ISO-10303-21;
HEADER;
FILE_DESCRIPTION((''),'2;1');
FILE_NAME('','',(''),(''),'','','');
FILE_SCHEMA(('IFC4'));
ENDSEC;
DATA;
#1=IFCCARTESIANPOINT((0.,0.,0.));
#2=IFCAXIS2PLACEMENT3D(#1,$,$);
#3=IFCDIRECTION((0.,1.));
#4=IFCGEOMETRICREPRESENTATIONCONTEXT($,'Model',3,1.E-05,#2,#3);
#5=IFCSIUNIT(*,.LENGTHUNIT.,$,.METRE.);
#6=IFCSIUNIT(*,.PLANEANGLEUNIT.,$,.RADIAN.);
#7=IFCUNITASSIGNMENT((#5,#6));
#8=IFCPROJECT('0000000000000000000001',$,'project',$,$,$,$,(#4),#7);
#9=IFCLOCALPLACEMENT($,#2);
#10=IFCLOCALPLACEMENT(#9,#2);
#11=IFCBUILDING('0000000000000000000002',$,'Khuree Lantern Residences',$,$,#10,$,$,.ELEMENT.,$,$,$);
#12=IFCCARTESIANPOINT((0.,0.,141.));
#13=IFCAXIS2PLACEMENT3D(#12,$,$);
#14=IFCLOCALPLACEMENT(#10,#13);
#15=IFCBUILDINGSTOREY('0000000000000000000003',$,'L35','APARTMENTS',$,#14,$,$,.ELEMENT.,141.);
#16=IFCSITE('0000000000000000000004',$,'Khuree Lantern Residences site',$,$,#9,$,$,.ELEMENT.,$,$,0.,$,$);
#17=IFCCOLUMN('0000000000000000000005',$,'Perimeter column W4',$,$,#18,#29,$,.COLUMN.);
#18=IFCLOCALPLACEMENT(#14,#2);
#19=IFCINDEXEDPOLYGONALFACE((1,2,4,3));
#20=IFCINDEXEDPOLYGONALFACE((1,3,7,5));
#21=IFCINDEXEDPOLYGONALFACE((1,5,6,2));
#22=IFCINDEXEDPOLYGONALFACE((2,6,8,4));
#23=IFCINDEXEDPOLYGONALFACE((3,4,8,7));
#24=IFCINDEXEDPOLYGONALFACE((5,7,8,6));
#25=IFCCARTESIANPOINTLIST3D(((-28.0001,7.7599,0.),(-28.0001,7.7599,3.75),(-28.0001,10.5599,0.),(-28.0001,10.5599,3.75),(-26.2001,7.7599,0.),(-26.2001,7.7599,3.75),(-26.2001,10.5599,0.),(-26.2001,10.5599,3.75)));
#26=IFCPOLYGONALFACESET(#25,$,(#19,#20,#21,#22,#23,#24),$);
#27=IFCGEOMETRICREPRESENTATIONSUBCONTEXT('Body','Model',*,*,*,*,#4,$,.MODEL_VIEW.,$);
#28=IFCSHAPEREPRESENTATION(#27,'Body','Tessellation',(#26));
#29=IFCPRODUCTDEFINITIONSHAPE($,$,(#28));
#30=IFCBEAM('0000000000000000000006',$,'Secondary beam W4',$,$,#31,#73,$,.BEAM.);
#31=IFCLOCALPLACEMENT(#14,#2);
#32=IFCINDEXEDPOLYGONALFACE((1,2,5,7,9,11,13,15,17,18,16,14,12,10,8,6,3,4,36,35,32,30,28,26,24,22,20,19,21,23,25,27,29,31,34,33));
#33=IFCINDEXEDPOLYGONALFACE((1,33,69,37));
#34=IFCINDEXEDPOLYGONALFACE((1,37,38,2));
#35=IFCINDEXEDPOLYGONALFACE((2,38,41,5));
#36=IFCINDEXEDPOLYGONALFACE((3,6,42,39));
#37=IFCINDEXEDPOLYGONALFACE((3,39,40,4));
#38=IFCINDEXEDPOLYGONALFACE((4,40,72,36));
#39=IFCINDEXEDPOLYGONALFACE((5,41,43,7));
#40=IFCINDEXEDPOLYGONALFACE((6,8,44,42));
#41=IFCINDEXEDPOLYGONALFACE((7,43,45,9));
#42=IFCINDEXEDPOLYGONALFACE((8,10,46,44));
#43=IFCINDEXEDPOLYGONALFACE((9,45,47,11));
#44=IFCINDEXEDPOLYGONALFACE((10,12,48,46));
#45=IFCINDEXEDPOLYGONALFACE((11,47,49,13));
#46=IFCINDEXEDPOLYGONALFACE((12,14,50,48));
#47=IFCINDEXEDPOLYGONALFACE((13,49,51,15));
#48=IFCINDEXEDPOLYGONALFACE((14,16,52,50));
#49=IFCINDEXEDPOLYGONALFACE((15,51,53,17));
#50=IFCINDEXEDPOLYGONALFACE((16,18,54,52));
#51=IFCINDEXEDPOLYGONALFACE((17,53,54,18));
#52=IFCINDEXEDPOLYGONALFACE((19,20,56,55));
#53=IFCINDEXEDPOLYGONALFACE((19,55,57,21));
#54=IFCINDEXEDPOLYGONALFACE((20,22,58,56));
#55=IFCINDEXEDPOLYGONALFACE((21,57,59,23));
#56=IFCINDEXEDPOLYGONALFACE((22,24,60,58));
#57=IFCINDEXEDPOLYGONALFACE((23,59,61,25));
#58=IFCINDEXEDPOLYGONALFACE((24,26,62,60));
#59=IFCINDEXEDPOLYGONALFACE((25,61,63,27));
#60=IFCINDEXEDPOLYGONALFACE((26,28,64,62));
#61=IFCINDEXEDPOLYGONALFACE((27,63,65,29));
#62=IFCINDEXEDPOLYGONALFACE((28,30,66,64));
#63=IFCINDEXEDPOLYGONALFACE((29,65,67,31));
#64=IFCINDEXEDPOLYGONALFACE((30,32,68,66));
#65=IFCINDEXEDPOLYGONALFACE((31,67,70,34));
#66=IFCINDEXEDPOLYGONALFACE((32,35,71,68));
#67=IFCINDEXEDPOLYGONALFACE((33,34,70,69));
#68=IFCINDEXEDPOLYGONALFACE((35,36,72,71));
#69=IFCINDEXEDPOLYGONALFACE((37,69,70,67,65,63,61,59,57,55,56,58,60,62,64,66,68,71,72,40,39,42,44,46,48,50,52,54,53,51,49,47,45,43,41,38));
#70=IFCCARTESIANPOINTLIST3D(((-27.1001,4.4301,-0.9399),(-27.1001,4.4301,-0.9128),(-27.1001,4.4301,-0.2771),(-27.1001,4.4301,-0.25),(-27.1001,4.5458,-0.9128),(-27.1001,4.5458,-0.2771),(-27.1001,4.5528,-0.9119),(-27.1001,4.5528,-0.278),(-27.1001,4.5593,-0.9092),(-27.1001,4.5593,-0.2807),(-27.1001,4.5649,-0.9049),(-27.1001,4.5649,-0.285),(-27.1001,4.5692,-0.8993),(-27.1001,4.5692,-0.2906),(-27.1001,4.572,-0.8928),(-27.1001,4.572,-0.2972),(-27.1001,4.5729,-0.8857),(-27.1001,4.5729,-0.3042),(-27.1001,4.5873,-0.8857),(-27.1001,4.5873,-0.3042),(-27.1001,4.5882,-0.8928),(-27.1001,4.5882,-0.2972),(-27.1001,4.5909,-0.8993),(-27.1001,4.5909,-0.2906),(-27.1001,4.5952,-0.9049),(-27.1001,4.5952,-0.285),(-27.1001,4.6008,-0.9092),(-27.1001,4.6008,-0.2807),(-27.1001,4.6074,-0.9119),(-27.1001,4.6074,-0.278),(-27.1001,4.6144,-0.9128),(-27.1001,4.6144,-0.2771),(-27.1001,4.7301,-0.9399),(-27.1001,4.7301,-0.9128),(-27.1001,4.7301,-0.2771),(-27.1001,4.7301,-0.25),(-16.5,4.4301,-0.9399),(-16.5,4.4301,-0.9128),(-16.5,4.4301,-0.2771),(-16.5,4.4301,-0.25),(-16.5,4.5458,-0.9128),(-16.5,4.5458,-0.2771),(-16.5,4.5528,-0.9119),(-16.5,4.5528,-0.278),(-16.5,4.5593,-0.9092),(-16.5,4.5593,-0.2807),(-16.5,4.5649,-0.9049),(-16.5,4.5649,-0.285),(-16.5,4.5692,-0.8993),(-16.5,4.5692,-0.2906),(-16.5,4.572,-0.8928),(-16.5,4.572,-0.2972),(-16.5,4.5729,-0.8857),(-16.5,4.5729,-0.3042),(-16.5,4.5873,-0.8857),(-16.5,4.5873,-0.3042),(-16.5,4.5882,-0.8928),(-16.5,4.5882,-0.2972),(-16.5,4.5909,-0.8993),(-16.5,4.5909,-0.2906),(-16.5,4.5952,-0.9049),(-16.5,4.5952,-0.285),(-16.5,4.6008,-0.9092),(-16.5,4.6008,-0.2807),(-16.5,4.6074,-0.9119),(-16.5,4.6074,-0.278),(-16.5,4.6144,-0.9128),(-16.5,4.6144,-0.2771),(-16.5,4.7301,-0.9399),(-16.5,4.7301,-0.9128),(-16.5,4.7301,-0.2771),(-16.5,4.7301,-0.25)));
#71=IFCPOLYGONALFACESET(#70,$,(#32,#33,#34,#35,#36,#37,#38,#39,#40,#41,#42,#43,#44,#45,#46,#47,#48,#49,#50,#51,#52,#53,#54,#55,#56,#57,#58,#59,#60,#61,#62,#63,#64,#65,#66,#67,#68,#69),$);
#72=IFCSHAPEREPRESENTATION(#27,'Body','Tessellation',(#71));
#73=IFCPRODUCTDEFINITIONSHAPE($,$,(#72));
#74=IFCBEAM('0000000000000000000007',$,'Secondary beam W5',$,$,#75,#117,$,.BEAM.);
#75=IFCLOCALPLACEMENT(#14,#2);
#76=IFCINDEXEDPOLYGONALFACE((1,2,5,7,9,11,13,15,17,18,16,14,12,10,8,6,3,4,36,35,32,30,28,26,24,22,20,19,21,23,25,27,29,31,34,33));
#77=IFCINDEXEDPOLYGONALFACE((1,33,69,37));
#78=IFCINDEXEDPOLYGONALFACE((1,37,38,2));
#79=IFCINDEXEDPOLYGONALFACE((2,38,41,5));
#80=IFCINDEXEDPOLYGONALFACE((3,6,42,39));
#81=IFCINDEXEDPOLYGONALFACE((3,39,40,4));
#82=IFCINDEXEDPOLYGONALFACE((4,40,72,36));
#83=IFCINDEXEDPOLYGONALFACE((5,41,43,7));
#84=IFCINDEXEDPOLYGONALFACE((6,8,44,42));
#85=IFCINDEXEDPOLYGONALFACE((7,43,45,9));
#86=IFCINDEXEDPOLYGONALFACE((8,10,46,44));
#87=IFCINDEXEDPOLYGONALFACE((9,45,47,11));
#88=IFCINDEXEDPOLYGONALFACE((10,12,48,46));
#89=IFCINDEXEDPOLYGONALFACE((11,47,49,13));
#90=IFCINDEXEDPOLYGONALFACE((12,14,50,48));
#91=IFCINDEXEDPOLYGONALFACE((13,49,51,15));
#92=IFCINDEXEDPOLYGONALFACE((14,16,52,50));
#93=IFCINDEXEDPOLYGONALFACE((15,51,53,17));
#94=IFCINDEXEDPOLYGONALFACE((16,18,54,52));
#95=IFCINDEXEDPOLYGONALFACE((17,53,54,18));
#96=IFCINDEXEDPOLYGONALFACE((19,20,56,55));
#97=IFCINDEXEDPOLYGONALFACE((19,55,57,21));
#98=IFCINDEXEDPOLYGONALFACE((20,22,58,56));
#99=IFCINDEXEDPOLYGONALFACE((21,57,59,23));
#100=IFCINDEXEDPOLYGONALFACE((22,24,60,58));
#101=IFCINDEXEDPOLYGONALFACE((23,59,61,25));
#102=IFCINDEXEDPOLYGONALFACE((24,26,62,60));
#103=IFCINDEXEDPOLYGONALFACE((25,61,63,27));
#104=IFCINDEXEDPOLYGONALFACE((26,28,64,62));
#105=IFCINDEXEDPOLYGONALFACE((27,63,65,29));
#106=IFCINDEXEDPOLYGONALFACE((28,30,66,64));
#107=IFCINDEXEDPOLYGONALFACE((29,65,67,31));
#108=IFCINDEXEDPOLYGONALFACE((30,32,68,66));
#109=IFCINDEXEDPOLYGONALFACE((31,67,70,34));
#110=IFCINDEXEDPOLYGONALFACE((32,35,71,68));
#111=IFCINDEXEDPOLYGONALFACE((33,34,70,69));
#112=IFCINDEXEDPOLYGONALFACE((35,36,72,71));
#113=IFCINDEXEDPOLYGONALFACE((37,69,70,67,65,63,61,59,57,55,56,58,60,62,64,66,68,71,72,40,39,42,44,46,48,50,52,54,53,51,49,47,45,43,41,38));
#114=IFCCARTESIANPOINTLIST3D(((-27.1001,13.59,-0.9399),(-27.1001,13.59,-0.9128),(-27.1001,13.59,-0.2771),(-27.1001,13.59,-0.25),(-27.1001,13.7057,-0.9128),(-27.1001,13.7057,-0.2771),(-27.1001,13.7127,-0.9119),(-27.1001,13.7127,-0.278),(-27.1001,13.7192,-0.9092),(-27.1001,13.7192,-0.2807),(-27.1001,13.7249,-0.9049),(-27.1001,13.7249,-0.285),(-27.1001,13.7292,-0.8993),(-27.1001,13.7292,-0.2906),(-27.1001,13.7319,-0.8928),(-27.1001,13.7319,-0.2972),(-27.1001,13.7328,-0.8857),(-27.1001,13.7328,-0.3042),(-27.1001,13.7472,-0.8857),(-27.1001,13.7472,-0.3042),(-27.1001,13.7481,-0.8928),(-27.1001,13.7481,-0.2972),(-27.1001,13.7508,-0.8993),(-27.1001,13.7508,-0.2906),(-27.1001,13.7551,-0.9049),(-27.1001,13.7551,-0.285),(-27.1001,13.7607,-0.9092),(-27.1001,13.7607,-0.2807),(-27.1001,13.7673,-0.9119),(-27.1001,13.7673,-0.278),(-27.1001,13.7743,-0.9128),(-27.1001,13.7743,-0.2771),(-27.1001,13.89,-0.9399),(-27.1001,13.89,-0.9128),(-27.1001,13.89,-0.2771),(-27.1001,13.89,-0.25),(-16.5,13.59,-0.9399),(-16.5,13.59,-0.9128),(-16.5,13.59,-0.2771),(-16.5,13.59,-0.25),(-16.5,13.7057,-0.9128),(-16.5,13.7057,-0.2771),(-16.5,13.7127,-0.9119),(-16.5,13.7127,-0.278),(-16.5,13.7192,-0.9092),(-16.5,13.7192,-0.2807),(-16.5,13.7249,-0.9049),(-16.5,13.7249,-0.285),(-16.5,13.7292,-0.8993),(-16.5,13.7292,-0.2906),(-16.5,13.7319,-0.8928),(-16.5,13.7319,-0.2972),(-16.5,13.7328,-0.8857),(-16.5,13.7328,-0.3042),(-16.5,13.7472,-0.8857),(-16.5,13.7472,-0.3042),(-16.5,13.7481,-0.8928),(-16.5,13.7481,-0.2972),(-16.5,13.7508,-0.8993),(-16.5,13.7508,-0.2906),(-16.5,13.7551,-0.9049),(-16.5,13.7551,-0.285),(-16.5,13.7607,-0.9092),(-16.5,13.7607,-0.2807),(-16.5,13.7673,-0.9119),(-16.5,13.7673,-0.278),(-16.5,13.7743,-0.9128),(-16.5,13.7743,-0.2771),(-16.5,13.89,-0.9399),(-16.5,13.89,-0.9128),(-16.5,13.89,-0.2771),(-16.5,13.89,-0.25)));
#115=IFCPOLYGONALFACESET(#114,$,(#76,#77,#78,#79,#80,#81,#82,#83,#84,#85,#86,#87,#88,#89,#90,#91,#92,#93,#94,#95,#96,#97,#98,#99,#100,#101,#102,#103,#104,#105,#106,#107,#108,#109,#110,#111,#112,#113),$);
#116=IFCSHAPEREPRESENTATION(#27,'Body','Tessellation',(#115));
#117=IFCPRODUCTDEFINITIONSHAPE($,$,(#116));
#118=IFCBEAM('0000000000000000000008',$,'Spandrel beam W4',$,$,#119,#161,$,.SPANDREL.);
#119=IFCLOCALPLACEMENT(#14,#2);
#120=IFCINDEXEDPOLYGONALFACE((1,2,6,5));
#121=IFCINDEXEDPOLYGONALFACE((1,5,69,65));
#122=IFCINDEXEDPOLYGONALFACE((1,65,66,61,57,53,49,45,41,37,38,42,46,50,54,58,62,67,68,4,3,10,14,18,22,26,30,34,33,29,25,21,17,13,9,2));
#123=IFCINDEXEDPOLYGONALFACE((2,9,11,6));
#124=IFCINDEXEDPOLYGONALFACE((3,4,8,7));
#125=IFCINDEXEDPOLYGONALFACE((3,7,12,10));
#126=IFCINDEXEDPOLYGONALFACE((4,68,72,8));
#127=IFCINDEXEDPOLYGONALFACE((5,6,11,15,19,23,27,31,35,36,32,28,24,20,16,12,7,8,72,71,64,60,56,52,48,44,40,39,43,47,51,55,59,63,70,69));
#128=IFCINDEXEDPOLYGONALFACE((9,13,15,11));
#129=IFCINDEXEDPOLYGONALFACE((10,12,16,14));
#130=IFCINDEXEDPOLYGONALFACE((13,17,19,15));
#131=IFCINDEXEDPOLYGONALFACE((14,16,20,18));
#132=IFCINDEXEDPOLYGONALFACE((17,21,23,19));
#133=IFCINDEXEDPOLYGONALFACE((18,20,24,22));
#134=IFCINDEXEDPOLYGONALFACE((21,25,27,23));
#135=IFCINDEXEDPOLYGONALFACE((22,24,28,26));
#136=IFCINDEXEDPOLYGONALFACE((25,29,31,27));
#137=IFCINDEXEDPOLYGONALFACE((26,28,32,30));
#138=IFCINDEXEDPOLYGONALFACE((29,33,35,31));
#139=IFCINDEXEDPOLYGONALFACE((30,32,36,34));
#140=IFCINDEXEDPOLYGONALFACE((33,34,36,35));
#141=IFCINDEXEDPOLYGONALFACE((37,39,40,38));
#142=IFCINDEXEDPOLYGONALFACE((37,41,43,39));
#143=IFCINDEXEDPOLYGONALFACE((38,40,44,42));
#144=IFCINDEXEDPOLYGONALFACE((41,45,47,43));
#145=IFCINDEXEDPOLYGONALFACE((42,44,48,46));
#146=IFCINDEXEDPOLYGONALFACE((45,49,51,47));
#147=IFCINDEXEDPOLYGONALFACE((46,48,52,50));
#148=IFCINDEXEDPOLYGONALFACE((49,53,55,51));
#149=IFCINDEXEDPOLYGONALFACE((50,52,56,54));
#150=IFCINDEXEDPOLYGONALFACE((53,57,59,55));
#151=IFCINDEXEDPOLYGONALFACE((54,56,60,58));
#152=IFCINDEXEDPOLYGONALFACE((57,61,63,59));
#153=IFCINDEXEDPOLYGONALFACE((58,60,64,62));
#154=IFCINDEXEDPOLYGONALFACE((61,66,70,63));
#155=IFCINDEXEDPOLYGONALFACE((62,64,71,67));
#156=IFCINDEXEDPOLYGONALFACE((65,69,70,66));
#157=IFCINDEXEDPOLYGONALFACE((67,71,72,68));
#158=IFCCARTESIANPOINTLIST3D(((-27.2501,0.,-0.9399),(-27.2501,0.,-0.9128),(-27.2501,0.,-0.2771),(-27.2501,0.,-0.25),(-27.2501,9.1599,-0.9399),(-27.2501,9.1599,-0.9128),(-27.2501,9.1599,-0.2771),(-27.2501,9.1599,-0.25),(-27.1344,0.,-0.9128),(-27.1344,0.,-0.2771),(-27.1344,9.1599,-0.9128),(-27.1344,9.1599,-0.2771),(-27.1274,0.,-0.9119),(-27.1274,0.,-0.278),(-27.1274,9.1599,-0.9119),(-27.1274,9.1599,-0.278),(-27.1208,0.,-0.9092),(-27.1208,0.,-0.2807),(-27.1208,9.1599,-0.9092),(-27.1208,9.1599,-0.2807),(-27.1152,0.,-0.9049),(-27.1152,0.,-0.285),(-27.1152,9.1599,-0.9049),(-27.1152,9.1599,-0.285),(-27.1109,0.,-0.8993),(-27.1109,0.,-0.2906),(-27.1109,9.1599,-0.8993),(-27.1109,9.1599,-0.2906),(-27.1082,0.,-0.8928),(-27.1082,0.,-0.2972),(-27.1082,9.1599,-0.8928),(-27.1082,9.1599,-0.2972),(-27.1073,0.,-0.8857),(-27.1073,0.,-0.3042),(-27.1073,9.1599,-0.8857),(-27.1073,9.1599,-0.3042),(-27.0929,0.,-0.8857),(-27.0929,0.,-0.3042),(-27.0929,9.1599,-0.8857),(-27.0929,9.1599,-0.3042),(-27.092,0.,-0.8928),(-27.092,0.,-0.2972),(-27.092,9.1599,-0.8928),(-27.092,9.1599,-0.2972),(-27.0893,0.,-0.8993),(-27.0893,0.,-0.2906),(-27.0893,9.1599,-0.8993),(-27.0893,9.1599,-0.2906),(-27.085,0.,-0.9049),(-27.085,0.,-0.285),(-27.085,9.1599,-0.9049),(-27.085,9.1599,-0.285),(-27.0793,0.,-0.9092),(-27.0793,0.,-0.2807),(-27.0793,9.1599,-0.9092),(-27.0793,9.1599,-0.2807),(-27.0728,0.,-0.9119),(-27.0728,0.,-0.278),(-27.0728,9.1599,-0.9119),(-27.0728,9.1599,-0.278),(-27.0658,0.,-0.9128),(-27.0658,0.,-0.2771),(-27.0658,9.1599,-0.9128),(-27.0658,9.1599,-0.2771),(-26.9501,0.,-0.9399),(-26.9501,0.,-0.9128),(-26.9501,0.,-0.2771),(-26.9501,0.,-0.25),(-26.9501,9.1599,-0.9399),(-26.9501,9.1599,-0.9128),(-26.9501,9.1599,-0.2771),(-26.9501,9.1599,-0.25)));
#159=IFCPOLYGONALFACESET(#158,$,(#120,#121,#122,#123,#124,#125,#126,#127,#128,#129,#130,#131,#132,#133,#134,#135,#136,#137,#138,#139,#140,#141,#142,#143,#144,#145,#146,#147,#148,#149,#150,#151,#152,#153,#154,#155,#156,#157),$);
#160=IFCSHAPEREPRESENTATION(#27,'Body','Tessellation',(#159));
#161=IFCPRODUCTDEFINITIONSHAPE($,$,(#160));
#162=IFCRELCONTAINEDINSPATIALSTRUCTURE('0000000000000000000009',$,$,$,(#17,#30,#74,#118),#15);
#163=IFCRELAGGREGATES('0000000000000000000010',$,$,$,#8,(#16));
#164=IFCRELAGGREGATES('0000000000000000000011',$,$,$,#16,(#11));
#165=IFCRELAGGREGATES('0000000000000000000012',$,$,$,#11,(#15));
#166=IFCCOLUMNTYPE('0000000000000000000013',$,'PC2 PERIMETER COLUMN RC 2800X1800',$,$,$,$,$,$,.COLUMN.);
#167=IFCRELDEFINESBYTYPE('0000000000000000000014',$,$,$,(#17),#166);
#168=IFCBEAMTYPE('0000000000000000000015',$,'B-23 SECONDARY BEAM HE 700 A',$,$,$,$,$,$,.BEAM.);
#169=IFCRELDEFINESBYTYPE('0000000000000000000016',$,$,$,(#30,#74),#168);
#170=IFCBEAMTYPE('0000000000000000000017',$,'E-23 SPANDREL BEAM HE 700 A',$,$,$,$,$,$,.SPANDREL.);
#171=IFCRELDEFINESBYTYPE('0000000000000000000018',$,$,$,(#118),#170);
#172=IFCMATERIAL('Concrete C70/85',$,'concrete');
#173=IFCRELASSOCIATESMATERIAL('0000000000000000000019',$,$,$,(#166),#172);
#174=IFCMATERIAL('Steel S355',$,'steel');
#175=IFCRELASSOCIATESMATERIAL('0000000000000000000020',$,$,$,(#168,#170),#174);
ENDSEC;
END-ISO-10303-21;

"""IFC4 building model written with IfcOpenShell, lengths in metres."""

from ifc_helpers import new_model, si_unit, direction, frame, origin, origin_2d, place, context, subcontext, project, spatial, rectangle, i_section, extrude, material, material_profile, profile_set, type_object, element, save


model = new_model("IFC4")

# Units and contexts
model_context = context("Model", 3, precision=1e-05, world=origin(), true_north=direction((0.0, 1.0)))
body_context = subcontext(model_context, "Body", "Model", "MODEL_VIEW")
ifc_project = project(units=[si_unit("LENGTHUNIT", "METRE"), si_unit("PLANEANGLEUNIT", "RADIAN")], contexts=[model_context])

# Site, building, storey
site_placement = place(None, origin())
site = spatial("IfcSite", under=ifc_project, at=site_placement, Name="Khuree Lantern Residences site", CompositionType="ELEMENT", RefElevation=0.0)
building_placement = place(site_placement, origin())
building = spatial("IfcBuilding", under=site, at=building_placement, Name="Khuree Lantern Residences", CompositionType="ELEMENT")
storey_placement = place(building_placement, frame((0.0, 0.0, 141.0)))
storey = spatial("IfcBuildingStorey", under=building, at=storey_placement, Name="L35", Description="APARTMENTS", CompositionType="ELEMENT", Elevation=141.0)

# Column
ifc_material_1 = material(Name="Concrete C70/85", Category="concrete")
ifc_material_profile_1 = material_profile(ifc_material_1, rectangle(XDim=2.8, YDim=1.8, at=origin_2d()), Name="RC 2800X1800")
ifc_profile_set_1 = profile_set([ifc_material_profile_1], Name="Concrete C70/85")
column_type = type_object("IfcColumnType", Name="PC2 PERIMETER COLUMN RC 2800X1800", PredefinedType="COLUMN", material=ifc_profile_set_1)
column_placement = place(storey_placement, frame((-27.1001, 9.1599, 0.0), z_axis=(0.0, 0.0, 1.0), x_axis=(0.0, 1.0, 0.0)))
element("IfcColumn", 1, at=column_placement, inside=storey, type_object=column_type, Name="Perimeter column W4", PredefinedType="COLUMN", context=body_context, shape_type="SweptSolid", body=[
    extrude(rectangle(XDim=2.8, YDim=1.8, at=origin_2d()), origin(), (0.0, 0.0, 1.0), 3.75),
])

# Beams
ifc_material_2 = material(Name="Steel S355", Category="steel")
ifc_material_profile_2 = material_profile(ifc_material_2, i_section(OverallWidth=0.3, OverallDepth=0.6899, WebThickness=0.0144, FlangeThickness=0.0271, FilletRadius=0.0271, at=origin_2d()), Name="HE 700 A")
ifc_profile_set_2 = profile_set([ifc_material_profile_2], Name="Steel S355")
beam_type_1 = type_object("IfcBeamType", Name="B-23 SECONDARY BEAM HE 700 A", PredefinedType="BEAM", material=ifc_profile_set_2)
for number, where, z_axis, x_axis, name in (
    (2, (-27.1001, 4.5801, -0.595), (1.0, 0.0, 0.0), (0.0, 1.0, 0.0), "Secondary beam W4"),
    (3, (-27.1001, 13.74, -0.595), (1.0, 0.0, 0.0), (0.0, 1.0, 0.0), "Secondary beam W5"),
):
    element("IfcBeam", number, at=place(storey_placement, frame(where, z_axis=z_axis, x_axis=x_axis)), inside=storey, type_object=beam_type_1, Name=name, PredefinedType="BEAM", context=body_context, shape_type="SweptSolid", body=[
        extrude(i_section(OverallWidth=0.3, OverallDepth=0.6899, WebThickness=0.0144, FlangeThickness=0.0271, FilletRadius=0.0271, at=origin_2d()), origin(), (0.0, 0.0, 1.0), 10.6001),
    ])
ifc_material_profile_3 = material_profile(ifc_material_2, i_section(OverallWidth=0.3, OverallDepth=0.6899, WebThickness=0.0144, FlangeThickness=0.0271, FilletRadius=0.0271, at=origin_2d()), Name="HE 700 A")
ifc_profile_set_3 = profile_set([ifc_material_profile_3], Name="Steel S355")
beam_type_2 = type_object("IfcBeamType", Name="E-23 SPANDREL BEAM HE 700 A", PredefinedType="SPANDREL", material=ifc_profile_set_3)
beam_1_placement = place(storey_placement, frame((-27.1001, 0.0, -0.595), z_axis=(0.0, 1.0, 0.0), x_axis=(-1.0, 0.0, 0.0)))
element("IfcBeam", 4, at=beam_1_placement, inside=storey, type_object=beam_type_2, Name="Spandrel beam W4", PredefinedType="SPANDREL", context=body_context, shape_type="SweptSolid", body=[
    extrude(i_section(OverallWidth=0.3, OverallDepth=0.6899, WebThickness=0.0144, FlangeThickness=0.0271, FilletRadius=0.0271, at=origin_2d()), origin(), (0.0, 0.0, 1.0), 9.1599),
])

save(model, "model.ifc")
